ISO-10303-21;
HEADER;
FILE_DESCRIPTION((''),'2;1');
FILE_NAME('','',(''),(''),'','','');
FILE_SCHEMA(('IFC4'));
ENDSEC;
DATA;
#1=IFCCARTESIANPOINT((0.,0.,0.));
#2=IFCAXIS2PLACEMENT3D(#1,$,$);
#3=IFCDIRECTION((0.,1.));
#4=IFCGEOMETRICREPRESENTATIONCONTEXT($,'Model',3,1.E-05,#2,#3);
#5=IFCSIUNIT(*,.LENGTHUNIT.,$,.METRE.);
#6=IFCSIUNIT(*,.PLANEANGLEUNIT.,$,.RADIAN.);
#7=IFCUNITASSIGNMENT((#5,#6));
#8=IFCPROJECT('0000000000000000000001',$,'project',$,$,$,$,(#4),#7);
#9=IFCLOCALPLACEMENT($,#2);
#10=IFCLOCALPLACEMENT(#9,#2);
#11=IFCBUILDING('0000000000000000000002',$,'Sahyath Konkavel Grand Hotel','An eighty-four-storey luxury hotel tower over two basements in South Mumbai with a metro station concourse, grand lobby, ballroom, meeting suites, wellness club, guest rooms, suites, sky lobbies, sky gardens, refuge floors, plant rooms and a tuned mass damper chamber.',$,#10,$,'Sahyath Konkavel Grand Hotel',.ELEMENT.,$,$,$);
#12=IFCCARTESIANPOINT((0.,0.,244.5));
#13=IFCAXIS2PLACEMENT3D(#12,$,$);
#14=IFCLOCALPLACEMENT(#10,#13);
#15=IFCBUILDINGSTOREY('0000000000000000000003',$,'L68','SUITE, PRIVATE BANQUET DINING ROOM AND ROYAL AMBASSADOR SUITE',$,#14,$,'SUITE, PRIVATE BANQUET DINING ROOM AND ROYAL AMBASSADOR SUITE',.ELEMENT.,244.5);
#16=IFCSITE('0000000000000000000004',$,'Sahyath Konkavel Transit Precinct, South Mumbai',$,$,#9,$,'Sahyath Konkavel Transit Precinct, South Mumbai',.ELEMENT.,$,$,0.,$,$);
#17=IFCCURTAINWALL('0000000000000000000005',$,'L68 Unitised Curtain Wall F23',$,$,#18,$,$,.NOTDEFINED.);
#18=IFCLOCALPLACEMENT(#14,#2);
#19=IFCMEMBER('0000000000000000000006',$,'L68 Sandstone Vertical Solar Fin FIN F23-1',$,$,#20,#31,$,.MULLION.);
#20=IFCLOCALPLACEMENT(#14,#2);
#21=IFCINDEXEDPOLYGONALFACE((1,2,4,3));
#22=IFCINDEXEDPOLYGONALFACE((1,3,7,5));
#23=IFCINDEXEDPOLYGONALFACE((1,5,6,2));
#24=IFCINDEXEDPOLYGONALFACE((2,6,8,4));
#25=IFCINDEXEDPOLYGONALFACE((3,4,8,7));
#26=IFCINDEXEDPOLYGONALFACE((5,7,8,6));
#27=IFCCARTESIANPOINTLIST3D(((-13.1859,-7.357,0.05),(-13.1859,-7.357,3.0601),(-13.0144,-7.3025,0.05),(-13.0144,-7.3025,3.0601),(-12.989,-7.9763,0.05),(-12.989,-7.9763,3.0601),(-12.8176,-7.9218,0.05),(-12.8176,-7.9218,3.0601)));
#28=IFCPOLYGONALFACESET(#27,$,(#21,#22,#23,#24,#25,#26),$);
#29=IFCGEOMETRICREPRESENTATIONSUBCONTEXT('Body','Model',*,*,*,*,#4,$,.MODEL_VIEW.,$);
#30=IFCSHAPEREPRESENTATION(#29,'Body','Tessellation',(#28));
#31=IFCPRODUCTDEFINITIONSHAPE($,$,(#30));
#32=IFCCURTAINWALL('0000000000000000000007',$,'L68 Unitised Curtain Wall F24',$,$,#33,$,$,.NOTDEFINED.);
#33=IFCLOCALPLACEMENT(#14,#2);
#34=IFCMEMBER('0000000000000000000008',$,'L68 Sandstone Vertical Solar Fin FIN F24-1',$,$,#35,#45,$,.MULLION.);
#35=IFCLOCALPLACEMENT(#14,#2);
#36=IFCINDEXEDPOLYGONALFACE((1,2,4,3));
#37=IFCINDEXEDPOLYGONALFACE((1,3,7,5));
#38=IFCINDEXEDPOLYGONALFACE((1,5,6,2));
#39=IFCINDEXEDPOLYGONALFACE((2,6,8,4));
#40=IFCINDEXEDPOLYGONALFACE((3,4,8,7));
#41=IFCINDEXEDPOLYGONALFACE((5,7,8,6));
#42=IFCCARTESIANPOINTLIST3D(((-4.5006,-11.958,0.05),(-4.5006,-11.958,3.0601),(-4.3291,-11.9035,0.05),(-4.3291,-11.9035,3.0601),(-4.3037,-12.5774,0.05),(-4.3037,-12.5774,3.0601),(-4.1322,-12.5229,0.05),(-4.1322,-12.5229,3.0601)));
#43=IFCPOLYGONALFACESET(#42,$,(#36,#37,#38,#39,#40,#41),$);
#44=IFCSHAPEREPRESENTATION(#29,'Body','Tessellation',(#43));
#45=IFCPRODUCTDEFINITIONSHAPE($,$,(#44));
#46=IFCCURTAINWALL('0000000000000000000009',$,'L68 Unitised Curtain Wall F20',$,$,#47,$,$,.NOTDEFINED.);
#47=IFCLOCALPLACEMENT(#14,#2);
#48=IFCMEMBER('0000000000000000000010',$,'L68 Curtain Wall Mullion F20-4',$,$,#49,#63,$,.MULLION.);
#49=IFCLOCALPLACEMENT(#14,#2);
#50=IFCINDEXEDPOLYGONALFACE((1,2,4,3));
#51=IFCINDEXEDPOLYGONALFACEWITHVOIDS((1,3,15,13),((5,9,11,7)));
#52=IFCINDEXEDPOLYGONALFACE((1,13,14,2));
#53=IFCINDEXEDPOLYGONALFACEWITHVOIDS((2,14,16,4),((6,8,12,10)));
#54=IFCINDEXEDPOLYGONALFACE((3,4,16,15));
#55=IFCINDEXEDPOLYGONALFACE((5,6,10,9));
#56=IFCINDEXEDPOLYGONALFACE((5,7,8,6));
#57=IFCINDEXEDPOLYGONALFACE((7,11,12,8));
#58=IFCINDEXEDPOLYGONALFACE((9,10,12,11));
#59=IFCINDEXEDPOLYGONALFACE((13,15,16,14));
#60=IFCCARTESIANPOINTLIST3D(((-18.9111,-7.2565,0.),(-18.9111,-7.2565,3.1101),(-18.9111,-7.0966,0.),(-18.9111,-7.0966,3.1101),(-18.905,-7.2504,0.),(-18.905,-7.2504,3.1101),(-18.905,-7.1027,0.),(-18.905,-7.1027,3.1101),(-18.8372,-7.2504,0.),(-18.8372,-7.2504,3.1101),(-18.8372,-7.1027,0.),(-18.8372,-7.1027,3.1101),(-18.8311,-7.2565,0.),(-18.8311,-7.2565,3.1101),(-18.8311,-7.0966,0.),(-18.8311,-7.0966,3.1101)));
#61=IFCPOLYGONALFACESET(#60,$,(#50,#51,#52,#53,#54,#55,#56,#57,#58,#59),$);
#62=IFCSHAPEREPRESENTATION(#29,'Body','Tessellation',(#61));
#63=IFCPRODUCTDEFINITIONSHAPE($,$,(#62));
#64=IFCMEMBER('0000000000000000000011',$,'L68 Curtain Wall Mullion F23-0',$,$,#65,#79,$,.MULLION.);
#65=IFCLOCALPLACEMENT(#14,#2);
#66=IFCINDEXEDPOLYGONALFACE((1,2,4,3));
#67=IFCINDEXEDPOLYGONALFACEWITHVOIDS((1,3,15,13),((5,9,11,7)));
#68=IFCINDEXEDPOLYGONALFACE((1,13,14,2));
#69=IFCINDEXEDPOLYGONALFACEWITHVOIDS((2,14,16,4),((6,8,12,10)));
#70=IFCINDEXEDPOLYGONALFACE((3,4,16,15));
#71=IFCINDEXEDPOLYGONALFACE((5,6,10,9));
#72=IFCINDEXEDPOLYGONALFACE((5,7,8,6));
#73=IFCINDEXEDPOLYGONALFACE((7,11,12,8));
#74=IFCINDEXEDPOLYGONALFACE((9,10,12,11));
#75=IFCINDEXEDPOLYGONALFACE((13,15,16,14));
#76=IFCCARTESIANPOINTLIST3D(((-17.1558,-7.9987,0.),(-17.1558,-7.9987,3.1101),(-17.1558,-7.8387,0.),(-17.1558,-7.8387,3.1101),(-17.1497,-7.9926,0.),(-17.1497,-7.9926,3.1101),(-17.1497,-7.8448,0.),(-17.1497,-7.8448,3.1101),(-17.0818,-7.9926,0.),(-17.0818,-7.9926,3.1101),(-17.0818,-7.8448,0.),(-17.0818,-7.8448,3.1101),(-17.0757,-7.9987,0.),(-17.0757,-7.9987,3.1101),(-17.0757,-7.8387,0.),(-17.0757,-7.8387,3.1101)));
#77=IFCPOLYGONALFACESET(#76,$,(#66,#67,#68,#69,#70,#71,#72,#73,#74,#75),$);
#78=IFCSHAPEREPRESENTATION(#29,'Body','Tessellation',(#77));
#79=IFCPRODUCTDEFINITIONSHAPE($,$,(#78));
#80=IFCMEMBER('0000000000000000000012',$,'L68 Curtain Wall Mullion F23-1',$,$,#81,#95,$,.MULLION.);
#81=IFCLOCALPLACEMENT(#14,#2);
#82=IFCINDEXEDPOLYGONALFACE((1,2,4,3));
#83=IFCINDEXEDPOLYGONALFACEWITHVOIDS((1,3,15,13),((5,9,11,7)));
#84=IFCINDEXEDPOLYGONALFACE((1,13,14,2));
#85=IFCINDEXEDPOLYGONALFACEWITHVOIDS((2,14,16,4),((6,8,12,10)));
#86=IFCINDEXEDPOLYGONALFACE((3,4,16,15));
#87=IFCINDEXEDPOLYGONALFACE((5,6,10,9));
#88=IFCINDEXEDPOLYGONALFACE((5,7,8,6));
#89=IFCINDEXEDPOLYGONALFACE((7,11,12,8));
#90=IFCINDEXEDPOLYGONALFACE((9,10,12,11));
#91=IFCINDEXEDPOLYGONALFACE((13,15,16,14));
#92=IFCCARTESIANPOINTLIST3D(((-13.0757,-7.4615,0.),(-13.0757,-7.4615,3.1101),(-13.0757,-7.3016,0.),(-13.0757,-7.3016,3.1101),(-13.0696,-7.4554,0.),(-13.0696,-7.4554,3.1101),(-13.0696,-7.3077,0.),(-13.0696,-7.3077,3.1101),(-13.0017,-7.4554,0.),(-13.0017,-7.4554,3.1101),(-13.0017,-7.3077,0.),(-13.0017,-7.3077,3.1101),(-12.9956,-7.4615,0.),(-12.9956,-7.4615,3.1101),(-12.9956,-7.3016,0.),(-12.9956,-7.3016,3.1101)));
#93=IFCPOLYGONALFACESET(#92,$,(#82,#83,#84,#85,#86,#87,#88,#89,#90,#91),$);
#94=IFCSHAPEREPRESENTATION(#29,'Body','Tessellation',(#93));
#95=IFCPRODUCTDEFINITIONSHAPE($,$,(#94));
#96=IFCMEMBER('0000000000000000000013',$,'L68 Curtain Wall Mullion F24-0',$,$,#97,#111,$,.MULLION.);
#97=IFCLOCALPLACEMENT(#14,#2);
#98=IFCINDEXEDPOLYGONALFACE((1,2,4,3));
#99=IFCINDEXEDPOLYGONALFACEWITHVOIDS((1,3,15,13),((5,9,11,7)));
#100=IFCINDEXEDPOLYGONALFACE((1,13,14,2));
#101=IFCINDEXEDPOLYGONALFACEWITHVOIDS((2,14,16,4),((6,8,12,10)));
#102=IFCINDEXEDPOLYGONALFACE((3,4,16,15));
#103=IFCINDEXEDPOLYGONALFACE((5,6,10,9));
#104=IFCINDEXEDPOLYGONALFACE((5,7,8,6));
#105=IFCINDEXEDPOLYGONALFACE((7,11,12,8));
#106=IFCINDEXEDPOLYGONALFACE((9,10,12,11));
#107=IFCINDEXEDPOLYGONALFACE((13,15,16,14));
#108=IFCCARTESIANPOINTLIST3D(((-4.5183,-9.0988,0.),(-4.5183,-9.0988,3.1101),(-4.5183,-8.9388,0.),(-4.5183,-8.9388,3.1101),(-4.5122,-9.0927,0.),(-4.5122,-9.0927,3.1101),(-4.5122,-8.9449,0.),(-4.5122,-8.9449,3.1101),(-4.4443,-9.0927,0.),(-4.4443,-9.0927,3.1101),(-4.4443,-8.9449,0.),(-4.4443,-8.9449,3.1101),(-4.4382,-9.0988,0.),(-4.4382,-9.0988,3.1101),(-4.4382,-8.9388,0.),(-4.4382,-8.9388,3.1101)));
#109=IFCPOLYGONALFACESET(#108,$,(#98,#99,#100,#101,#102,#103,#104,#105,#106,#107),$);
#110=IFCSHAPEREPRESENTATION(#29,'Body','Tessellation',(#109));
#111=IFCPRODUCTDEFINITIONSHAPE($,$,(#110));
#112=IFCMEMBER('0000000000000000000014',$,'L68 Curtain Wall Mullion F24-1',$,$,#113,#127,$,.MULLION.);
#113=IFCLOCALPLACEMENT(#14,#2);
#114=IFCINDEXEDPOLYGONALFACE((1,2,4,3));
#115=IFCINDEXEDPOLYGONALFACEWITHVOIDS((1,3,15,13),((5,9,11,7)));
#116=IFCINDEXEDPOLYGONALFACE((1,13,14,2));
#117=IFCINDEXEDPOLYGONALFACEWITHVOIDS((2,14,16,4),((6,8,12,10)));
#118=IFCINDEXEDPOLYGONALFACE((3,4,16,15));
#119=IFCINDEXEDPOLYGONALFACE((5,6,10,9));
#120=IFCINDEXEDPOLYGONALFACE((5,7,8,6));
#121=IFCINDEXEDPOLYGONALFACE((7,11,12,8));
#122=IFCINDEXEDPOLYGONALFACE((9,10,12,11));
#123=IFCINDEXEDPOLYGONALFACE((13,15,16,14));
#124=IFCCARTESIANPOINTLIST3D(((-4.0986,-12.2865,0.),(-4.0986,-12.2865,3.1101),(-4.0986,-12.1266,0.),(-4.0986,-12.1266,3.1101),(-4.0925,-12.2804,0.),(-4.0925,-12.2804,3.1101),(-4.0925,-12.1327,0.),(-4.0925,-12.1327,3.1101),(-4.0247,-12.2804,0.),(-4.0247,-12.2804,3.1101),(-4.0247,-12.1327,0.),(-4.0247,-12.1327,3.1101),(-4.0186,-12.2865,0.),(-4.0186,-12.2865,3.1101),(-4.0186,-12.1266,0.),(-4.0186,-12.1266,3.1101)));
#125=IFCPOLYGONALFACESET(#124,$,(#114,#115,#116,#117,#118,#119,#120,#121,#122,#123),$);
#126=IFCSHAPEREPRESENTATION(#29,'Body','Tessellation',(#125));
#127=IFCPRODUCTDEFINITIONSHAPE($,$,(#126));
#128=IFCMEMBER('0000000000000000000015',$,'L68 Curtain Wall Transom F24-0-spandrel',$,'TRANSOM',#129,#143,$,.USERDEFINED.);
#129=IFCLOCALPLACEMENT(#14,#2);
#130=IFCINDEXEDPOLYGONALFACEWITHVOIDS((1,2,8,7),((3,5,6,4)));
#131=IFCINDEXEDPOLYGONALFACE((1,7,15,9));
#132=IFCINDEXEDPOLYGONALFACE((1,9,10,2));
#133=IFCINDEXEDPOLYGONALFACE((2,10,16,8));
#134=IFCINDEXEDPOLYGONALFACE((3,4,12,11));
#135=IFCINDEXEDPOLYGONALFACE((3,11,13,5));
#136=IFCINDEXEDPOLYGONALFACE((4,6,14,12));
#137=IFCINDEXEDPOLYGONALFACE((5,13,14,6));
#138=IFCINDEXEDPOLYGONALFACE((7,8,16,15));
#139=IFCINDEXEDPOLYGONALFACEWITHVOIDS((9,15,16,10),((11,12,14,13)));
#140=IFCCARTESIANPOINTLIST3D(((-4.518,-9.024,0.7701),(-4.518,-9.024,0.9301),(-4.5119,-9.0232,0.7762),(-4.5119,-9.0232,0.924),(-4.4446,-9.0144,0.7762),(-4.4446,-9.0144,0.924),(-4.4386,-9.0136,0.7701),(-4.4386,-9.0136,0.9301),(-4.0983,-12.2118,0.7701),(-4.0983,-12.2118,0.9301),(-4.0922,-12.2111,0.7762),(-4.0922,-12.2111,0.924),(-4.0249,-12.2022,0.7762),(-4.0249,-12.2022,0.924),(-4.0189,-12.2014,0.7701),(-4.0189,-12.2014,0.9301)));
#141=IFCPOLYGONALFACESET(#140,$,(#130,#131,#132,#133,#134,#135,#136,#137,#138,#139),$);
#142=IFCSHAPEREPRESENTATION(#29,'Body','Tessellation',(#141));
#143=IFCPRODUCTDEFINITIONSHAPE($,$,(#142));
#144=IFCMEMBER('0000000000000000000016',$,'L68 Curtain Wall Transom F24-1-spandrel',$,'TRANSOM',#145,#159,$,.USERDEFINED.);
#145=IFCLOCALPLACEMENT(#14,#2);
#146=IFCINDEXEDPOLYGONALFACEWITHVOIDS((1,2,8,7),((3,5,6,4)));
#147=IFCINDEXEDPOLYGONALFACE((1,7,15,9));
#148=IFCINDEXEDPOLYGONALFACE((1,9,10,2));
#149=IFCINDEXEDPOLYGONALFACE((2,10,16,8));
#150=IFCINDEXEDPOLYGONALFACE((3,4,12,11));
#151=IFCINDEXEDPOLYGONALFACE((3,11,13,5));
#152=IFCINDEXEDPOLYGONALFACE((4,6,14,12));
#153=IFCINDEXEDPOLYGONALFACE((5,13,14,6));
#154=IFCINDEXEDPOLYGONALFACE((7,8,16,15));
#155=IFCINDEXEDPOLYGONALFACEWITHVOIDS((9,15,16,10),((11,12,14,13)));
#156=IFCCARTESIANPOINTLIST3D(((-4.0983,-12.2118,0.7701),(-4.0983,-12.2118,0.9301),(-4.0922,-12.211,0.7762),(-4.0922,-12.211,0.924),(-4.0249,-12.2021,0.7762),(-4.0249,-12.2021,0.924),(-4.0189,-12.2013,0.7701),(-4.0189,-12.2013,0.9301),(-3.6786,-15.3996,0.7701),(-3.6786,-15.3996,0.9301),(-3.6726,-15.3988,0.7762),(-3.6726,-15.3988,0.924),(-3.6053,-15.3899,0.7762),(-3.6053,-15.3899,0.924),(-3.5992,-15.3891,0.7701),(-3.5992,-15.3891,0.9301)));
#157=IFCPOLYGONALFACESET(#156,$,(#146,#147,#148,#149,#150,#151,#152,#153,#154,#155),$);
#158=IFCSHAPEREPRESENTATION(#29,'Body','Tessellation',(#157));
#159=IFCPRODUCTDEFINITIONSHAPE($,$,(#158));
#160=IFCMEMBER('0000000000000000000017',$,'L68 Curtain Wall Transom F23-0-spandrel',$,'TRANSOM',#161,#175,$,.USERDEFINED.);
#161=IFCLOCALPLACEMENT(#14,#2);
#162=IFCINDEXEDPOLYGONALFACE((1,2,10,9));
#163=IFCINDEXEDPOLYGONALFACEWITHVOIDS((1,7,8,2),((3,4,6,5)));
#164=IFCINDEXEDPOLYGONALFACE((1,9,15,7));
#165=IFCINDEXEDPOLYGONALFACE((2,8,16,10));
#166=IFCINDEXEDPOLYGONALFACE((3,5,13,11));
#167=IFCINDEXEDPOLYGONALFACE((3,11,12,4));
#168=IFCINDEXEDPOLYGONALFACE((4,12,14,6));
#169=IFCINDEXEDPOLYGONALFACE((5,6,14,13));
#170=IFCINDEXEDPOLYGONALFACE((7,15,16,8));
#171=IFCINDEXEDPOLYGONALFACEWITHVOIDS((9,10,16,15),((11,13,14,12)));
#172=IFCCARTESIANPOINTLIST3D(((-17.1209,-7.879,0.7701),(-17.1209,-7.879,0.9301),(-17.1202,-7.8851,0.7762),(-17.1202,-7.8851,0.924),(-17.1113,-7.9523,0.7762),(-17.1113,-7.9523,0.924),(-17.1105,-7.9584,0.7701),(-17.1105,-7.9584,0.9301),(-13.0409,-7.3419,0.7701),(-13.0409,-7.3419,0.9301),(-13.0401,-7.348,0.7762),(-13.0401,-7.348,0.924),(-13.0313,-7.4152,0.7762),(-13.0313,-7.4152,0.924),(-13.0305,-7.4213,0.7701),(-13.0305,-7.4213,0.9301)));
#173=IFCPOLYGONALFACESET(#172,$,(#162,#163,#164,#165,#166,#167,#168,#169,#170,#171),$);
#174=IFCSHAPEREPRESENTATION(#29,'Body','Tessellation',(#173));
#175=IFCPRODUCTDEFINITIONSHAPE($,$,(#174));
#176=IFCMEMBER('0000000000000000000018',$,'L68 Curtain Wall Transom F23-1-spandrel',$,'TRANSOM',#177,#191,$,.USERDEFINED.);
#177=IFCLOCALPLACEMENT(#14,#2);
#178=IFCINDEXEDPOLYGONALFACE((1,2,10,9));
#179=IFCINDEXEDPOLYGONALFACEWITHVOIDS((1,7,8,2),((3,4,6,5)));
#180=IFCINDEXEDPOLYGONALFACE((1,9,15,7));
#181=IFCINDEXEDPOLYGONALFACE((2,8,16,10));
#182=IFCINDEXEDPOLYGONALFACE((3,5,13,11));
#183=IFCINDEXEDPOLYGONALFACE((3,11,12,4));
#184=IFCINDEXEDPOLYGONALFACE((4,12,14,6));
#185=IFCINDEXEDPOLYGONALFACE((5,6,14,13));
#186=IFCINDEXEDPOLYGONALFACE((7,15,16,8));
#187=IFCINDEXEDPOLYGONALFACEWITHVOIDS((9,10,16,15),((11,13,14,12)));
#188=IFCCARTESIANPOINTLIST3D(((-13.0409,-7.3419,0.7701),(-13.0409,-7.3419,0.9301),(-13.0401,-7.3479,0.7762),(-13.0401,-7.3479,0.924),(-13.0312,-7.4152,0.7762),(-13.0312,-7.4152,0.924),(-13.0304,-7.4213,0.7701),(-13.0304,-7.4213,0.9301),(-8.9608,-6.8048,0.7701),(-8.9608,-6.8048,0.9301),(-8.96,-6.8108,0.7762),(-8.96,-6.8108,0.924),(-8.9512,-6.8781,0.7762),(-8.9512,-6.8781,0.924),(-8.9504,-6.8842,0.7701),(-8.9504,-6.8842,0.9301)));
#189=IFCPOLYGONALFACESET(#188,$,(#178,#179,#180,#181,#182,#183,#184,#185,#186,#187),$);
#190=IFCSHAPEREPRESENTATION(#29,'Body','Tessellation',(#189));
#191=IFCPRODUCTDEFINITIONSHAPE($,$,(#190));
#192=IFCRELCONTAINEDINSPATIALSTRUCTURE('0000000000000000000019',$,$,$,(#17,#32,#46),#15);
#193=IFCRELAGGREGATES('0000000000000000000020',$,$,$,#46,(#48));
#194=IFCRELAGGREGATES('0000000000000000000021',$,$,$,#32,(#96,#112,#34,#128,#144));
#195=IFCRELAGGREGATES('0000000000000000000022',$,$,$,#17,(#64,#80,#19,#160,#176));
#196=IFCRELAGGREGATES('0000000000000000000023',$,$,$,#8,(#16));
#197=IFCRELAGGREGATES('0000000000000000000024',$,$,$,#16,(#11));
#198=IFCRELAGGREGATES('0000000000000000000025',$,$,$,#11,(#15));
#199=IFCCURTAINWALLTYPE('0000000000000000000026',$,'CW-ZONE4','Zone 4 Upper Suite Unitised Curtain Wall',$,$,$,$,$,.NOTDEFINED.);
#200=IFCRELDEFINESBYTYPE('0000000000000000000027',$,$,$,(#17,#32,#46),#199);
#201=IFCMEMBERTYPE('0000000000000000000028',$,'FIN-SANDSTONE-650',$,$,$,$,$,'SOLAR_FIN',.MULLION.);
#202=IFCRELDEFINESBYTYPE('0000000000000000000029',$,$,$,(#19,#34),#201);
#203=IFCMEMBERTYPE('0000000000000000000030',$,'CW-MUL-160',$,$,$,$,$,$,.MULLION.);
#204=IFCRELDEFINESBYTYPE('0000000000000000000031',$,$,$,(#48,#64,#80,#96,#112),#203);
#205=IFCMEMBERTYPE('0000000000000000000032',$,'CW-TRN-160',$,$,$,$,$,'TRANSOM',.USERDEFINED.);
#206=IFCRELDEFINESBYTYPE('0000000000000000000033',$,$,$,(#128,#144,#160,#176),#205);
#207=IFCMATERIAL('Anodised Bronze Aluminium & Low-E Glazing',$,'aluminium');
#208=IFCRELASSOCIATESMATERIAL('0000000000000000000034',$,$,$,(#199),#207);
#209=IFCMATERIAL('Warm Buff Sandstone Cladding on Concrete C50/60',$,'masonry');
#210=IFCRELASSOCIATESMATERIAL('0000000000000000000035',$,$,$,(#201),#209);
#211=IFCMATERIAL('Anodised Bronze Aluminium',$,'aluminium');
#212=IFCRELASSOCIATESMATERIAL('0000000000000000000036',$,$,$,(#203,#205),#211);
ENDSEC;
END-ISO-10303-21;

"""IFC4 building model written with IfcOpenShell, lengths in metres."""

from ifc_helpers import new_model, si_unit, direction, frame, origin, origin_2d, place, context, subcontext, project, spatial, rectangle, hollow_rectangle, extrude, source, transform, mapped, material, material_profile, profile_set, type_object, element, aggregate, save


model = new_model("IFC4")

# Units and contexts
model_context = context("Model", 3, precision=1e-05, world=origin(), true_north=direction((0.0, 1.0)))
body_context = subcontext(model_context, "Body", "Model", "MODEL_VIEW")
ifc_project = project(units=[si_unit("LENGTHUNIT", "METRE"), si_unit("PLANEANGLEUNIT", "RADIAN")], contexts=[model_context])

# Site, building, storey
site_placement = place(None, origin())
site = spatial("IfcSite", under=ifc_project, at=site_placement, Name="Sahyath Konkavel Transit Precinct, South Mumbai", LongName="Sahyath Konkavel Transit Precinct, South Mumbai", CompositionType="ELEMENT", RefElevation=0.0)
building_placement = place(site_placement, origin())
building = spatial("IfcBuilding", under=site, at=building_placement, Name="Sahyath Konkavel Grand Hotel", Description="An eighty-four-storey luxury hotel tower over two basements in South Mumbai with a metro station concourse, grand lobby, ballroom, meeting suites, wellness club, guest rooms, suites, sky lobbies, sky gardens, refuge floors, plant rooms and a tuned mass damper chamber.", LongName="Sahyath Konkavel Grand Hotel", CompositionType="ELEMENT")
storey_placement = place(building_placement, frame((0.0, 0.0, 244.5)))
storey = spatial("IfcBuildingStorey", under=building, at=storey_placement, Name="L68", Description="SUITE, PRIVATE BANQUET DINING ROOM AND ROYAL AMBASSADOR SUITE", LongName="SUITE, PRIVATE BANQUET DINING ROOM AND ROYAL AMBASSADOR SUITE", CompositionType="ELEMENT", Elevation=244.5)

# Curtain walls, members
ifc_material_1 = material(Name="Anodised Bronze Aluminium & Low-E Glazing", Category="aluminium")
curtain_wall_type = type_object("IfcCurtainWallType", Name="CW-ZONE4", Description="Zone 4 Upper Suite Unitised Curtain Wall", PredefinedType="NOTDEFINED", material=ifc_material_1)
curtain_wall_1_placement = place(storey_placement, origin())
curtain_wall_1 = element("IfcCurtainWall", 1, at=curtain_wall_1_placement, inside=storey, type_object=curtain_wall_type, Name="L68 Unitised Curtain Wall F23", PredefinedType="NOTDEFINED")
ifc_material_2 = material(Name="Warm Buff Sandstone Cladding on Concrete C50/60", Category="masonry")
ifc_material_profile_1 = material_profile(ifc_material_2, rectangle(XDim=0.1799, YDim=0.6499, at=origin_2d()), Name="FIN 180x650")
ifc_profile_set_1 = profile_set([ifc_material_profile_1], Name="Warm Buff Sandstone Cladding on Concrete C50/60")
member_type_1 = type_object("IfcMemberType", Name="FIN-SANDSTONE-650", ElementType="SOLAR_FIN", PredefinedType="MULLION", material=ifc_profile_set_1)
shared_shape_1 = source(origin(), body_context, "Body", "SweptSolid", [
    extrude(rectangle(XDim=0.1799, YDim=0.6499, at=origin_2d()), origin(), (0.0, 0.0, 1.0), 3.01),
])
member_1_placement = place(storey_placement, frame((-13.0017, -7.6394, 0.05), z_axis=(0.0, 0.0, 1.0), x_axis=(0.953032, 0.302869, 0.0)))
member_1 = element("IfcMember", 2, at=member_1_placement, type_object=member_type_1, Name="L68 Sandstone Vertical Solar Fin FIN F23-1", PredefinedType="MULLION", context=body_context, shape_type="MappedRepresentation", body=[
    mapped(shared_shape_1, transform((0.0, 0.0, 0.0), scale=1.0)),
])
curtain_wall_2_placement = place(storey_placement, origin())
curtain_wall_2 = element("IfcCurtainWall", 3, at=curtain_wall_2_placement, inside=storey, type_object=curtain_wall_type, Name="L68 Unitised Curtain Wall F24", PredefinedType="NOTDEFINED")
member_2_placement = place(storey_placement, frame((-4.3164, -12.2405, 0.05), z_axis=(0.0, 0.0, 1.0), x_axis=(0.953032, 0.302869, 0.0)))
member_2 = element("IfcMember", 4, at=member_2_placement, type_object=member_type_1, Name="L68 Sandstone Vertical Solar Fin FIN F24-1", PredefinedType="MULLION", context=body_context, shape_type="MappedRepresentation", body=[
    mapped(shared_shape_1, transform((0.0, 0.0, 0.0), scale=1.0)),
])
curtain_wall_3_placement = place(storey_placement, origin())
curtain_wall_3 = element("IfcCurtainWall", 5, at=curtain_wall_3_placement, inside=storey, type_object=curtain_wall_type, Name="L68 Unitised Curtain Wall F20", PredefinedType="NOTDEFINED")
ifc_material_3 = material(Name="Anodised Bronze Aluminium", Category="aluminium")
ifc_material_profile_2 = material_profile(ifc_material_3, hollow_rectangle(XDim=0.0801, YDim=0.1599, WallThickness=0.0061, at=origin_2d()), Name="RHS 160x80x6")
ifc_profile_set_2 = profile_set([ifc_material_profile_2], Name="Anodised Bronze Aluminium")
member_type_2 = type_object("IfcMemberType", Name="CW-MUL-160", PredefinedType="MULLION", material=ifc_profile_set_2)
shared_shape_2 = source(origin(), body_context, "Body", "SweptSolid", [
    extrude(hollow_rectangle(XDim=0.0801, YDim=0.1599, WallThickness=0.0061, at=origin_2d()), origin(), (0.0, 0.0, 1.0), 3.1101),
])
member_3_placement = place(storey_placement, frame((-18.8711, -7.1765, 0.0), z_axis=(0.0, 0.0, 1.0), x_axis=(1.0, 0.0, 0.0)))
member_3 = element("IfcMember", 6, at=member_3_placement, type_object=member_type_2, Name="L68 Curtain Wall Mullion F20-4", PredefinedType="MULLION", context=body_context, shape_type="MappedRepresentation", body=[
    mapped(shared_shape_2, transform((0.0, 0.0, 0.0), scale=1.0)),
])
aggregate(curtain_wall_3, [member_3])

# Members
member_4_placement = place(storey_placement, frame((-17.1157, -7.9187, 0.0), z_axis=(0.0, 0.0, 1.0), x_axis=(1.0, 0.0, 0.0)))
member_4 = element("IfcMember", 7, at=member_4_placement, type_object=member_type_2, Name="L68 Curtain Wall Mullion F23-0", PredefinedType="MULLION", context=body_context, shape_type="MappedRepresentation", body=[
    mapped(shared_shape_2, transform((0.0, 0.0, 0.0), scale=1.0)),
])
member_5_placement = place(storey_placement, frame((-13.0356, -7.3816, 0.0), z_axis=(0.0, 0.0, 1.0), x_axis=(1.0, 0.0, 0.0)))
member_5 = element("IfcMember", 8, at=member_5_placement, type_object=member_type_2, Name="L68 Curtain Wall Mullion F23-1", PredefinedType="MULLION", context=body_context, shape_type="MappedRepresentation", body=[
    mapped(shared_shape_2, transform((0.0, 0.0, 0.0), scale=1.0)),
])
member_6_placement = place(storey_placement, frame((-4.4783, -9.0188, 0.0), z_axis=(0.0, 0.0, 1.0), x_axis=(1.0, 0.0, 0.0)))
member_6 = element("IfcMember", 9, at=member_6_placement, type_object=member_type_2, Name="L68 Curtain Wall Mullion F24-0", PredefinedType="MULLION", context=body_context, shape_type="MappedRepresentation", body=[
    mapped(shared_shape_2, transform((0.0, 0.0, 0.0), scale=1.0)),
])
member_7_placement = place(storey_placement, frame((-4.0586, -12.2065, 0.0), z_axis=(0.0, 0.0, 1.0), x_axis=(1.0, 0.0, 0.0)))
member_7 = element("IfcMember", 10, at=member_7_placement, type_object=member_type_2, Name="L68 Curtain Wall Mullion F24-1", PredefinedType="MULLION", context=body_context, shape_type="MappedRepresentation", body=[
    mapped(shared_shape_2, transform((0.0, 0.0, 0.0), scale=1.0)),
])
ifc_material_profile_3 = material_profile(ifc_material_3, hollow_rectangle(XDim=0.0801, YDim=0.1599, WallThickness=0.0061, at=origin_2d()), Name="RHS 160x80x6")
ifc_profile_set_3 = profile_set([ifc_material_profile_3], Name="Anodised Bronze Aluminium")
member_type_3 = type_object("IfcMemberType", Name="CW-TRN-160", ElementType="TRANSOM", PredefinedType="USERDEFINED", material=ifc_profile_set_3)
shared_shape_3 = source(origin(), body_context, "Body", "SweptSolid", [
    extrude(hollow_rectangle(XDim=0.0801, YDim=0.1599, WallThickness=0.0061, at=origin_2d()), origin(), (0.0, 0.0, 1.0), 3.2153),
])
member_8_placement = place(storey_placement, frame((-4.4783, -9.0188, 0.8501), z_axis=(0.130527, -0.991445, 0.0), x_axis=(0.991445, 0.130527, 0.0)))
member_8 = element("IfcMember", 11, at=member_8_placement, type_object=member_type_3, Name="L68 Curtain Wall Transom F24-0-spandrel", ObjectType="TRANSOM", PredefinedType="USERDEFINED", context=body_context, shape_type="MappedRepresentation", body=[
    mapped(shared_shape_3, transform((0.0, 0.0, 0.0), scale=1.0)),
])
member_9_placement = place(storey_placement, frame((-4.0586, -12.2065, 0.8501), z_axis=(0.130527, -0.991445, 0.0), x_axis=(0.991445, 0.130527, 0.0)))
member_9 = element("IfcMember", 12, at=member_9_placement, type_object=member_type_3, Name="L68 Curtain Wall Transom F24-1-spandrel", ObjectType="TRANSOM", PredefinedType="USERDEFINED", context=body_context, shape_type="MappedRepresentation", body=[
    mapped(shared_shape_3, transform((0.0, 0.0, 0.0), scale=1.0)),
])
shared_shape_4 = source(origin(), body_context, "Body", "SweptSolid", [
    extrude(hollow_rectangle(XDim=0.0801, YDim=0.1599, WallThickness=0.0061, at=origin_2d()), origin(), (0.0, 0.0, 1.0), 4.1152),
])
member_10_placement = place(storey_placement, frame((-17.1157, -7.9187, 0.8501), z_axis=(0.991446, 0.130516, 0.0), x_axis=(-0.130516, 0.991446, 0.0)))
member_10 = element("IfcMember", 13, at=member_10_placement, type_object=member_type_3, Name="L68 Curtain Wall Transom F23-0-spandrel", ObjectType="TRANSOM", PredefinedType="USERDEFINED", context=body_context, shape_type="MappedRepresentation", body=[
    mapped(shared_shape_4, transform((0.0, 0.0, 0.0), scale=1.0)),
])
member_11_placement = place(storey_placement, frame((-13.0356, -7.3816, 0.8501), z_axis=(0.991446, 0.130516, 0.0), x_axis=(-0.130516, 0.991446, 0.0)))
member_11 = element("IfcMember", 14, at=member_11_placement, type_object=member_type_3, Name="L68 Curtain Wall Transom F23-1-spandrel", ObjectType="TRANSOM", PredefinedType="USERDEFINED", context=body_context, shape_type="MappedRepresentation", body=[
    mapped(shared_shape_4, transform((0.0, 0.0, 0.0), scale=1.0)),
])

aggregate(curtain_wall_2, [member_6, member_7, member_2, member_8, member_9])
aggregate(curtain_wall_1, [member_4, member_5, member_1, member_10, member_11])

save(model, "model.ifc")
